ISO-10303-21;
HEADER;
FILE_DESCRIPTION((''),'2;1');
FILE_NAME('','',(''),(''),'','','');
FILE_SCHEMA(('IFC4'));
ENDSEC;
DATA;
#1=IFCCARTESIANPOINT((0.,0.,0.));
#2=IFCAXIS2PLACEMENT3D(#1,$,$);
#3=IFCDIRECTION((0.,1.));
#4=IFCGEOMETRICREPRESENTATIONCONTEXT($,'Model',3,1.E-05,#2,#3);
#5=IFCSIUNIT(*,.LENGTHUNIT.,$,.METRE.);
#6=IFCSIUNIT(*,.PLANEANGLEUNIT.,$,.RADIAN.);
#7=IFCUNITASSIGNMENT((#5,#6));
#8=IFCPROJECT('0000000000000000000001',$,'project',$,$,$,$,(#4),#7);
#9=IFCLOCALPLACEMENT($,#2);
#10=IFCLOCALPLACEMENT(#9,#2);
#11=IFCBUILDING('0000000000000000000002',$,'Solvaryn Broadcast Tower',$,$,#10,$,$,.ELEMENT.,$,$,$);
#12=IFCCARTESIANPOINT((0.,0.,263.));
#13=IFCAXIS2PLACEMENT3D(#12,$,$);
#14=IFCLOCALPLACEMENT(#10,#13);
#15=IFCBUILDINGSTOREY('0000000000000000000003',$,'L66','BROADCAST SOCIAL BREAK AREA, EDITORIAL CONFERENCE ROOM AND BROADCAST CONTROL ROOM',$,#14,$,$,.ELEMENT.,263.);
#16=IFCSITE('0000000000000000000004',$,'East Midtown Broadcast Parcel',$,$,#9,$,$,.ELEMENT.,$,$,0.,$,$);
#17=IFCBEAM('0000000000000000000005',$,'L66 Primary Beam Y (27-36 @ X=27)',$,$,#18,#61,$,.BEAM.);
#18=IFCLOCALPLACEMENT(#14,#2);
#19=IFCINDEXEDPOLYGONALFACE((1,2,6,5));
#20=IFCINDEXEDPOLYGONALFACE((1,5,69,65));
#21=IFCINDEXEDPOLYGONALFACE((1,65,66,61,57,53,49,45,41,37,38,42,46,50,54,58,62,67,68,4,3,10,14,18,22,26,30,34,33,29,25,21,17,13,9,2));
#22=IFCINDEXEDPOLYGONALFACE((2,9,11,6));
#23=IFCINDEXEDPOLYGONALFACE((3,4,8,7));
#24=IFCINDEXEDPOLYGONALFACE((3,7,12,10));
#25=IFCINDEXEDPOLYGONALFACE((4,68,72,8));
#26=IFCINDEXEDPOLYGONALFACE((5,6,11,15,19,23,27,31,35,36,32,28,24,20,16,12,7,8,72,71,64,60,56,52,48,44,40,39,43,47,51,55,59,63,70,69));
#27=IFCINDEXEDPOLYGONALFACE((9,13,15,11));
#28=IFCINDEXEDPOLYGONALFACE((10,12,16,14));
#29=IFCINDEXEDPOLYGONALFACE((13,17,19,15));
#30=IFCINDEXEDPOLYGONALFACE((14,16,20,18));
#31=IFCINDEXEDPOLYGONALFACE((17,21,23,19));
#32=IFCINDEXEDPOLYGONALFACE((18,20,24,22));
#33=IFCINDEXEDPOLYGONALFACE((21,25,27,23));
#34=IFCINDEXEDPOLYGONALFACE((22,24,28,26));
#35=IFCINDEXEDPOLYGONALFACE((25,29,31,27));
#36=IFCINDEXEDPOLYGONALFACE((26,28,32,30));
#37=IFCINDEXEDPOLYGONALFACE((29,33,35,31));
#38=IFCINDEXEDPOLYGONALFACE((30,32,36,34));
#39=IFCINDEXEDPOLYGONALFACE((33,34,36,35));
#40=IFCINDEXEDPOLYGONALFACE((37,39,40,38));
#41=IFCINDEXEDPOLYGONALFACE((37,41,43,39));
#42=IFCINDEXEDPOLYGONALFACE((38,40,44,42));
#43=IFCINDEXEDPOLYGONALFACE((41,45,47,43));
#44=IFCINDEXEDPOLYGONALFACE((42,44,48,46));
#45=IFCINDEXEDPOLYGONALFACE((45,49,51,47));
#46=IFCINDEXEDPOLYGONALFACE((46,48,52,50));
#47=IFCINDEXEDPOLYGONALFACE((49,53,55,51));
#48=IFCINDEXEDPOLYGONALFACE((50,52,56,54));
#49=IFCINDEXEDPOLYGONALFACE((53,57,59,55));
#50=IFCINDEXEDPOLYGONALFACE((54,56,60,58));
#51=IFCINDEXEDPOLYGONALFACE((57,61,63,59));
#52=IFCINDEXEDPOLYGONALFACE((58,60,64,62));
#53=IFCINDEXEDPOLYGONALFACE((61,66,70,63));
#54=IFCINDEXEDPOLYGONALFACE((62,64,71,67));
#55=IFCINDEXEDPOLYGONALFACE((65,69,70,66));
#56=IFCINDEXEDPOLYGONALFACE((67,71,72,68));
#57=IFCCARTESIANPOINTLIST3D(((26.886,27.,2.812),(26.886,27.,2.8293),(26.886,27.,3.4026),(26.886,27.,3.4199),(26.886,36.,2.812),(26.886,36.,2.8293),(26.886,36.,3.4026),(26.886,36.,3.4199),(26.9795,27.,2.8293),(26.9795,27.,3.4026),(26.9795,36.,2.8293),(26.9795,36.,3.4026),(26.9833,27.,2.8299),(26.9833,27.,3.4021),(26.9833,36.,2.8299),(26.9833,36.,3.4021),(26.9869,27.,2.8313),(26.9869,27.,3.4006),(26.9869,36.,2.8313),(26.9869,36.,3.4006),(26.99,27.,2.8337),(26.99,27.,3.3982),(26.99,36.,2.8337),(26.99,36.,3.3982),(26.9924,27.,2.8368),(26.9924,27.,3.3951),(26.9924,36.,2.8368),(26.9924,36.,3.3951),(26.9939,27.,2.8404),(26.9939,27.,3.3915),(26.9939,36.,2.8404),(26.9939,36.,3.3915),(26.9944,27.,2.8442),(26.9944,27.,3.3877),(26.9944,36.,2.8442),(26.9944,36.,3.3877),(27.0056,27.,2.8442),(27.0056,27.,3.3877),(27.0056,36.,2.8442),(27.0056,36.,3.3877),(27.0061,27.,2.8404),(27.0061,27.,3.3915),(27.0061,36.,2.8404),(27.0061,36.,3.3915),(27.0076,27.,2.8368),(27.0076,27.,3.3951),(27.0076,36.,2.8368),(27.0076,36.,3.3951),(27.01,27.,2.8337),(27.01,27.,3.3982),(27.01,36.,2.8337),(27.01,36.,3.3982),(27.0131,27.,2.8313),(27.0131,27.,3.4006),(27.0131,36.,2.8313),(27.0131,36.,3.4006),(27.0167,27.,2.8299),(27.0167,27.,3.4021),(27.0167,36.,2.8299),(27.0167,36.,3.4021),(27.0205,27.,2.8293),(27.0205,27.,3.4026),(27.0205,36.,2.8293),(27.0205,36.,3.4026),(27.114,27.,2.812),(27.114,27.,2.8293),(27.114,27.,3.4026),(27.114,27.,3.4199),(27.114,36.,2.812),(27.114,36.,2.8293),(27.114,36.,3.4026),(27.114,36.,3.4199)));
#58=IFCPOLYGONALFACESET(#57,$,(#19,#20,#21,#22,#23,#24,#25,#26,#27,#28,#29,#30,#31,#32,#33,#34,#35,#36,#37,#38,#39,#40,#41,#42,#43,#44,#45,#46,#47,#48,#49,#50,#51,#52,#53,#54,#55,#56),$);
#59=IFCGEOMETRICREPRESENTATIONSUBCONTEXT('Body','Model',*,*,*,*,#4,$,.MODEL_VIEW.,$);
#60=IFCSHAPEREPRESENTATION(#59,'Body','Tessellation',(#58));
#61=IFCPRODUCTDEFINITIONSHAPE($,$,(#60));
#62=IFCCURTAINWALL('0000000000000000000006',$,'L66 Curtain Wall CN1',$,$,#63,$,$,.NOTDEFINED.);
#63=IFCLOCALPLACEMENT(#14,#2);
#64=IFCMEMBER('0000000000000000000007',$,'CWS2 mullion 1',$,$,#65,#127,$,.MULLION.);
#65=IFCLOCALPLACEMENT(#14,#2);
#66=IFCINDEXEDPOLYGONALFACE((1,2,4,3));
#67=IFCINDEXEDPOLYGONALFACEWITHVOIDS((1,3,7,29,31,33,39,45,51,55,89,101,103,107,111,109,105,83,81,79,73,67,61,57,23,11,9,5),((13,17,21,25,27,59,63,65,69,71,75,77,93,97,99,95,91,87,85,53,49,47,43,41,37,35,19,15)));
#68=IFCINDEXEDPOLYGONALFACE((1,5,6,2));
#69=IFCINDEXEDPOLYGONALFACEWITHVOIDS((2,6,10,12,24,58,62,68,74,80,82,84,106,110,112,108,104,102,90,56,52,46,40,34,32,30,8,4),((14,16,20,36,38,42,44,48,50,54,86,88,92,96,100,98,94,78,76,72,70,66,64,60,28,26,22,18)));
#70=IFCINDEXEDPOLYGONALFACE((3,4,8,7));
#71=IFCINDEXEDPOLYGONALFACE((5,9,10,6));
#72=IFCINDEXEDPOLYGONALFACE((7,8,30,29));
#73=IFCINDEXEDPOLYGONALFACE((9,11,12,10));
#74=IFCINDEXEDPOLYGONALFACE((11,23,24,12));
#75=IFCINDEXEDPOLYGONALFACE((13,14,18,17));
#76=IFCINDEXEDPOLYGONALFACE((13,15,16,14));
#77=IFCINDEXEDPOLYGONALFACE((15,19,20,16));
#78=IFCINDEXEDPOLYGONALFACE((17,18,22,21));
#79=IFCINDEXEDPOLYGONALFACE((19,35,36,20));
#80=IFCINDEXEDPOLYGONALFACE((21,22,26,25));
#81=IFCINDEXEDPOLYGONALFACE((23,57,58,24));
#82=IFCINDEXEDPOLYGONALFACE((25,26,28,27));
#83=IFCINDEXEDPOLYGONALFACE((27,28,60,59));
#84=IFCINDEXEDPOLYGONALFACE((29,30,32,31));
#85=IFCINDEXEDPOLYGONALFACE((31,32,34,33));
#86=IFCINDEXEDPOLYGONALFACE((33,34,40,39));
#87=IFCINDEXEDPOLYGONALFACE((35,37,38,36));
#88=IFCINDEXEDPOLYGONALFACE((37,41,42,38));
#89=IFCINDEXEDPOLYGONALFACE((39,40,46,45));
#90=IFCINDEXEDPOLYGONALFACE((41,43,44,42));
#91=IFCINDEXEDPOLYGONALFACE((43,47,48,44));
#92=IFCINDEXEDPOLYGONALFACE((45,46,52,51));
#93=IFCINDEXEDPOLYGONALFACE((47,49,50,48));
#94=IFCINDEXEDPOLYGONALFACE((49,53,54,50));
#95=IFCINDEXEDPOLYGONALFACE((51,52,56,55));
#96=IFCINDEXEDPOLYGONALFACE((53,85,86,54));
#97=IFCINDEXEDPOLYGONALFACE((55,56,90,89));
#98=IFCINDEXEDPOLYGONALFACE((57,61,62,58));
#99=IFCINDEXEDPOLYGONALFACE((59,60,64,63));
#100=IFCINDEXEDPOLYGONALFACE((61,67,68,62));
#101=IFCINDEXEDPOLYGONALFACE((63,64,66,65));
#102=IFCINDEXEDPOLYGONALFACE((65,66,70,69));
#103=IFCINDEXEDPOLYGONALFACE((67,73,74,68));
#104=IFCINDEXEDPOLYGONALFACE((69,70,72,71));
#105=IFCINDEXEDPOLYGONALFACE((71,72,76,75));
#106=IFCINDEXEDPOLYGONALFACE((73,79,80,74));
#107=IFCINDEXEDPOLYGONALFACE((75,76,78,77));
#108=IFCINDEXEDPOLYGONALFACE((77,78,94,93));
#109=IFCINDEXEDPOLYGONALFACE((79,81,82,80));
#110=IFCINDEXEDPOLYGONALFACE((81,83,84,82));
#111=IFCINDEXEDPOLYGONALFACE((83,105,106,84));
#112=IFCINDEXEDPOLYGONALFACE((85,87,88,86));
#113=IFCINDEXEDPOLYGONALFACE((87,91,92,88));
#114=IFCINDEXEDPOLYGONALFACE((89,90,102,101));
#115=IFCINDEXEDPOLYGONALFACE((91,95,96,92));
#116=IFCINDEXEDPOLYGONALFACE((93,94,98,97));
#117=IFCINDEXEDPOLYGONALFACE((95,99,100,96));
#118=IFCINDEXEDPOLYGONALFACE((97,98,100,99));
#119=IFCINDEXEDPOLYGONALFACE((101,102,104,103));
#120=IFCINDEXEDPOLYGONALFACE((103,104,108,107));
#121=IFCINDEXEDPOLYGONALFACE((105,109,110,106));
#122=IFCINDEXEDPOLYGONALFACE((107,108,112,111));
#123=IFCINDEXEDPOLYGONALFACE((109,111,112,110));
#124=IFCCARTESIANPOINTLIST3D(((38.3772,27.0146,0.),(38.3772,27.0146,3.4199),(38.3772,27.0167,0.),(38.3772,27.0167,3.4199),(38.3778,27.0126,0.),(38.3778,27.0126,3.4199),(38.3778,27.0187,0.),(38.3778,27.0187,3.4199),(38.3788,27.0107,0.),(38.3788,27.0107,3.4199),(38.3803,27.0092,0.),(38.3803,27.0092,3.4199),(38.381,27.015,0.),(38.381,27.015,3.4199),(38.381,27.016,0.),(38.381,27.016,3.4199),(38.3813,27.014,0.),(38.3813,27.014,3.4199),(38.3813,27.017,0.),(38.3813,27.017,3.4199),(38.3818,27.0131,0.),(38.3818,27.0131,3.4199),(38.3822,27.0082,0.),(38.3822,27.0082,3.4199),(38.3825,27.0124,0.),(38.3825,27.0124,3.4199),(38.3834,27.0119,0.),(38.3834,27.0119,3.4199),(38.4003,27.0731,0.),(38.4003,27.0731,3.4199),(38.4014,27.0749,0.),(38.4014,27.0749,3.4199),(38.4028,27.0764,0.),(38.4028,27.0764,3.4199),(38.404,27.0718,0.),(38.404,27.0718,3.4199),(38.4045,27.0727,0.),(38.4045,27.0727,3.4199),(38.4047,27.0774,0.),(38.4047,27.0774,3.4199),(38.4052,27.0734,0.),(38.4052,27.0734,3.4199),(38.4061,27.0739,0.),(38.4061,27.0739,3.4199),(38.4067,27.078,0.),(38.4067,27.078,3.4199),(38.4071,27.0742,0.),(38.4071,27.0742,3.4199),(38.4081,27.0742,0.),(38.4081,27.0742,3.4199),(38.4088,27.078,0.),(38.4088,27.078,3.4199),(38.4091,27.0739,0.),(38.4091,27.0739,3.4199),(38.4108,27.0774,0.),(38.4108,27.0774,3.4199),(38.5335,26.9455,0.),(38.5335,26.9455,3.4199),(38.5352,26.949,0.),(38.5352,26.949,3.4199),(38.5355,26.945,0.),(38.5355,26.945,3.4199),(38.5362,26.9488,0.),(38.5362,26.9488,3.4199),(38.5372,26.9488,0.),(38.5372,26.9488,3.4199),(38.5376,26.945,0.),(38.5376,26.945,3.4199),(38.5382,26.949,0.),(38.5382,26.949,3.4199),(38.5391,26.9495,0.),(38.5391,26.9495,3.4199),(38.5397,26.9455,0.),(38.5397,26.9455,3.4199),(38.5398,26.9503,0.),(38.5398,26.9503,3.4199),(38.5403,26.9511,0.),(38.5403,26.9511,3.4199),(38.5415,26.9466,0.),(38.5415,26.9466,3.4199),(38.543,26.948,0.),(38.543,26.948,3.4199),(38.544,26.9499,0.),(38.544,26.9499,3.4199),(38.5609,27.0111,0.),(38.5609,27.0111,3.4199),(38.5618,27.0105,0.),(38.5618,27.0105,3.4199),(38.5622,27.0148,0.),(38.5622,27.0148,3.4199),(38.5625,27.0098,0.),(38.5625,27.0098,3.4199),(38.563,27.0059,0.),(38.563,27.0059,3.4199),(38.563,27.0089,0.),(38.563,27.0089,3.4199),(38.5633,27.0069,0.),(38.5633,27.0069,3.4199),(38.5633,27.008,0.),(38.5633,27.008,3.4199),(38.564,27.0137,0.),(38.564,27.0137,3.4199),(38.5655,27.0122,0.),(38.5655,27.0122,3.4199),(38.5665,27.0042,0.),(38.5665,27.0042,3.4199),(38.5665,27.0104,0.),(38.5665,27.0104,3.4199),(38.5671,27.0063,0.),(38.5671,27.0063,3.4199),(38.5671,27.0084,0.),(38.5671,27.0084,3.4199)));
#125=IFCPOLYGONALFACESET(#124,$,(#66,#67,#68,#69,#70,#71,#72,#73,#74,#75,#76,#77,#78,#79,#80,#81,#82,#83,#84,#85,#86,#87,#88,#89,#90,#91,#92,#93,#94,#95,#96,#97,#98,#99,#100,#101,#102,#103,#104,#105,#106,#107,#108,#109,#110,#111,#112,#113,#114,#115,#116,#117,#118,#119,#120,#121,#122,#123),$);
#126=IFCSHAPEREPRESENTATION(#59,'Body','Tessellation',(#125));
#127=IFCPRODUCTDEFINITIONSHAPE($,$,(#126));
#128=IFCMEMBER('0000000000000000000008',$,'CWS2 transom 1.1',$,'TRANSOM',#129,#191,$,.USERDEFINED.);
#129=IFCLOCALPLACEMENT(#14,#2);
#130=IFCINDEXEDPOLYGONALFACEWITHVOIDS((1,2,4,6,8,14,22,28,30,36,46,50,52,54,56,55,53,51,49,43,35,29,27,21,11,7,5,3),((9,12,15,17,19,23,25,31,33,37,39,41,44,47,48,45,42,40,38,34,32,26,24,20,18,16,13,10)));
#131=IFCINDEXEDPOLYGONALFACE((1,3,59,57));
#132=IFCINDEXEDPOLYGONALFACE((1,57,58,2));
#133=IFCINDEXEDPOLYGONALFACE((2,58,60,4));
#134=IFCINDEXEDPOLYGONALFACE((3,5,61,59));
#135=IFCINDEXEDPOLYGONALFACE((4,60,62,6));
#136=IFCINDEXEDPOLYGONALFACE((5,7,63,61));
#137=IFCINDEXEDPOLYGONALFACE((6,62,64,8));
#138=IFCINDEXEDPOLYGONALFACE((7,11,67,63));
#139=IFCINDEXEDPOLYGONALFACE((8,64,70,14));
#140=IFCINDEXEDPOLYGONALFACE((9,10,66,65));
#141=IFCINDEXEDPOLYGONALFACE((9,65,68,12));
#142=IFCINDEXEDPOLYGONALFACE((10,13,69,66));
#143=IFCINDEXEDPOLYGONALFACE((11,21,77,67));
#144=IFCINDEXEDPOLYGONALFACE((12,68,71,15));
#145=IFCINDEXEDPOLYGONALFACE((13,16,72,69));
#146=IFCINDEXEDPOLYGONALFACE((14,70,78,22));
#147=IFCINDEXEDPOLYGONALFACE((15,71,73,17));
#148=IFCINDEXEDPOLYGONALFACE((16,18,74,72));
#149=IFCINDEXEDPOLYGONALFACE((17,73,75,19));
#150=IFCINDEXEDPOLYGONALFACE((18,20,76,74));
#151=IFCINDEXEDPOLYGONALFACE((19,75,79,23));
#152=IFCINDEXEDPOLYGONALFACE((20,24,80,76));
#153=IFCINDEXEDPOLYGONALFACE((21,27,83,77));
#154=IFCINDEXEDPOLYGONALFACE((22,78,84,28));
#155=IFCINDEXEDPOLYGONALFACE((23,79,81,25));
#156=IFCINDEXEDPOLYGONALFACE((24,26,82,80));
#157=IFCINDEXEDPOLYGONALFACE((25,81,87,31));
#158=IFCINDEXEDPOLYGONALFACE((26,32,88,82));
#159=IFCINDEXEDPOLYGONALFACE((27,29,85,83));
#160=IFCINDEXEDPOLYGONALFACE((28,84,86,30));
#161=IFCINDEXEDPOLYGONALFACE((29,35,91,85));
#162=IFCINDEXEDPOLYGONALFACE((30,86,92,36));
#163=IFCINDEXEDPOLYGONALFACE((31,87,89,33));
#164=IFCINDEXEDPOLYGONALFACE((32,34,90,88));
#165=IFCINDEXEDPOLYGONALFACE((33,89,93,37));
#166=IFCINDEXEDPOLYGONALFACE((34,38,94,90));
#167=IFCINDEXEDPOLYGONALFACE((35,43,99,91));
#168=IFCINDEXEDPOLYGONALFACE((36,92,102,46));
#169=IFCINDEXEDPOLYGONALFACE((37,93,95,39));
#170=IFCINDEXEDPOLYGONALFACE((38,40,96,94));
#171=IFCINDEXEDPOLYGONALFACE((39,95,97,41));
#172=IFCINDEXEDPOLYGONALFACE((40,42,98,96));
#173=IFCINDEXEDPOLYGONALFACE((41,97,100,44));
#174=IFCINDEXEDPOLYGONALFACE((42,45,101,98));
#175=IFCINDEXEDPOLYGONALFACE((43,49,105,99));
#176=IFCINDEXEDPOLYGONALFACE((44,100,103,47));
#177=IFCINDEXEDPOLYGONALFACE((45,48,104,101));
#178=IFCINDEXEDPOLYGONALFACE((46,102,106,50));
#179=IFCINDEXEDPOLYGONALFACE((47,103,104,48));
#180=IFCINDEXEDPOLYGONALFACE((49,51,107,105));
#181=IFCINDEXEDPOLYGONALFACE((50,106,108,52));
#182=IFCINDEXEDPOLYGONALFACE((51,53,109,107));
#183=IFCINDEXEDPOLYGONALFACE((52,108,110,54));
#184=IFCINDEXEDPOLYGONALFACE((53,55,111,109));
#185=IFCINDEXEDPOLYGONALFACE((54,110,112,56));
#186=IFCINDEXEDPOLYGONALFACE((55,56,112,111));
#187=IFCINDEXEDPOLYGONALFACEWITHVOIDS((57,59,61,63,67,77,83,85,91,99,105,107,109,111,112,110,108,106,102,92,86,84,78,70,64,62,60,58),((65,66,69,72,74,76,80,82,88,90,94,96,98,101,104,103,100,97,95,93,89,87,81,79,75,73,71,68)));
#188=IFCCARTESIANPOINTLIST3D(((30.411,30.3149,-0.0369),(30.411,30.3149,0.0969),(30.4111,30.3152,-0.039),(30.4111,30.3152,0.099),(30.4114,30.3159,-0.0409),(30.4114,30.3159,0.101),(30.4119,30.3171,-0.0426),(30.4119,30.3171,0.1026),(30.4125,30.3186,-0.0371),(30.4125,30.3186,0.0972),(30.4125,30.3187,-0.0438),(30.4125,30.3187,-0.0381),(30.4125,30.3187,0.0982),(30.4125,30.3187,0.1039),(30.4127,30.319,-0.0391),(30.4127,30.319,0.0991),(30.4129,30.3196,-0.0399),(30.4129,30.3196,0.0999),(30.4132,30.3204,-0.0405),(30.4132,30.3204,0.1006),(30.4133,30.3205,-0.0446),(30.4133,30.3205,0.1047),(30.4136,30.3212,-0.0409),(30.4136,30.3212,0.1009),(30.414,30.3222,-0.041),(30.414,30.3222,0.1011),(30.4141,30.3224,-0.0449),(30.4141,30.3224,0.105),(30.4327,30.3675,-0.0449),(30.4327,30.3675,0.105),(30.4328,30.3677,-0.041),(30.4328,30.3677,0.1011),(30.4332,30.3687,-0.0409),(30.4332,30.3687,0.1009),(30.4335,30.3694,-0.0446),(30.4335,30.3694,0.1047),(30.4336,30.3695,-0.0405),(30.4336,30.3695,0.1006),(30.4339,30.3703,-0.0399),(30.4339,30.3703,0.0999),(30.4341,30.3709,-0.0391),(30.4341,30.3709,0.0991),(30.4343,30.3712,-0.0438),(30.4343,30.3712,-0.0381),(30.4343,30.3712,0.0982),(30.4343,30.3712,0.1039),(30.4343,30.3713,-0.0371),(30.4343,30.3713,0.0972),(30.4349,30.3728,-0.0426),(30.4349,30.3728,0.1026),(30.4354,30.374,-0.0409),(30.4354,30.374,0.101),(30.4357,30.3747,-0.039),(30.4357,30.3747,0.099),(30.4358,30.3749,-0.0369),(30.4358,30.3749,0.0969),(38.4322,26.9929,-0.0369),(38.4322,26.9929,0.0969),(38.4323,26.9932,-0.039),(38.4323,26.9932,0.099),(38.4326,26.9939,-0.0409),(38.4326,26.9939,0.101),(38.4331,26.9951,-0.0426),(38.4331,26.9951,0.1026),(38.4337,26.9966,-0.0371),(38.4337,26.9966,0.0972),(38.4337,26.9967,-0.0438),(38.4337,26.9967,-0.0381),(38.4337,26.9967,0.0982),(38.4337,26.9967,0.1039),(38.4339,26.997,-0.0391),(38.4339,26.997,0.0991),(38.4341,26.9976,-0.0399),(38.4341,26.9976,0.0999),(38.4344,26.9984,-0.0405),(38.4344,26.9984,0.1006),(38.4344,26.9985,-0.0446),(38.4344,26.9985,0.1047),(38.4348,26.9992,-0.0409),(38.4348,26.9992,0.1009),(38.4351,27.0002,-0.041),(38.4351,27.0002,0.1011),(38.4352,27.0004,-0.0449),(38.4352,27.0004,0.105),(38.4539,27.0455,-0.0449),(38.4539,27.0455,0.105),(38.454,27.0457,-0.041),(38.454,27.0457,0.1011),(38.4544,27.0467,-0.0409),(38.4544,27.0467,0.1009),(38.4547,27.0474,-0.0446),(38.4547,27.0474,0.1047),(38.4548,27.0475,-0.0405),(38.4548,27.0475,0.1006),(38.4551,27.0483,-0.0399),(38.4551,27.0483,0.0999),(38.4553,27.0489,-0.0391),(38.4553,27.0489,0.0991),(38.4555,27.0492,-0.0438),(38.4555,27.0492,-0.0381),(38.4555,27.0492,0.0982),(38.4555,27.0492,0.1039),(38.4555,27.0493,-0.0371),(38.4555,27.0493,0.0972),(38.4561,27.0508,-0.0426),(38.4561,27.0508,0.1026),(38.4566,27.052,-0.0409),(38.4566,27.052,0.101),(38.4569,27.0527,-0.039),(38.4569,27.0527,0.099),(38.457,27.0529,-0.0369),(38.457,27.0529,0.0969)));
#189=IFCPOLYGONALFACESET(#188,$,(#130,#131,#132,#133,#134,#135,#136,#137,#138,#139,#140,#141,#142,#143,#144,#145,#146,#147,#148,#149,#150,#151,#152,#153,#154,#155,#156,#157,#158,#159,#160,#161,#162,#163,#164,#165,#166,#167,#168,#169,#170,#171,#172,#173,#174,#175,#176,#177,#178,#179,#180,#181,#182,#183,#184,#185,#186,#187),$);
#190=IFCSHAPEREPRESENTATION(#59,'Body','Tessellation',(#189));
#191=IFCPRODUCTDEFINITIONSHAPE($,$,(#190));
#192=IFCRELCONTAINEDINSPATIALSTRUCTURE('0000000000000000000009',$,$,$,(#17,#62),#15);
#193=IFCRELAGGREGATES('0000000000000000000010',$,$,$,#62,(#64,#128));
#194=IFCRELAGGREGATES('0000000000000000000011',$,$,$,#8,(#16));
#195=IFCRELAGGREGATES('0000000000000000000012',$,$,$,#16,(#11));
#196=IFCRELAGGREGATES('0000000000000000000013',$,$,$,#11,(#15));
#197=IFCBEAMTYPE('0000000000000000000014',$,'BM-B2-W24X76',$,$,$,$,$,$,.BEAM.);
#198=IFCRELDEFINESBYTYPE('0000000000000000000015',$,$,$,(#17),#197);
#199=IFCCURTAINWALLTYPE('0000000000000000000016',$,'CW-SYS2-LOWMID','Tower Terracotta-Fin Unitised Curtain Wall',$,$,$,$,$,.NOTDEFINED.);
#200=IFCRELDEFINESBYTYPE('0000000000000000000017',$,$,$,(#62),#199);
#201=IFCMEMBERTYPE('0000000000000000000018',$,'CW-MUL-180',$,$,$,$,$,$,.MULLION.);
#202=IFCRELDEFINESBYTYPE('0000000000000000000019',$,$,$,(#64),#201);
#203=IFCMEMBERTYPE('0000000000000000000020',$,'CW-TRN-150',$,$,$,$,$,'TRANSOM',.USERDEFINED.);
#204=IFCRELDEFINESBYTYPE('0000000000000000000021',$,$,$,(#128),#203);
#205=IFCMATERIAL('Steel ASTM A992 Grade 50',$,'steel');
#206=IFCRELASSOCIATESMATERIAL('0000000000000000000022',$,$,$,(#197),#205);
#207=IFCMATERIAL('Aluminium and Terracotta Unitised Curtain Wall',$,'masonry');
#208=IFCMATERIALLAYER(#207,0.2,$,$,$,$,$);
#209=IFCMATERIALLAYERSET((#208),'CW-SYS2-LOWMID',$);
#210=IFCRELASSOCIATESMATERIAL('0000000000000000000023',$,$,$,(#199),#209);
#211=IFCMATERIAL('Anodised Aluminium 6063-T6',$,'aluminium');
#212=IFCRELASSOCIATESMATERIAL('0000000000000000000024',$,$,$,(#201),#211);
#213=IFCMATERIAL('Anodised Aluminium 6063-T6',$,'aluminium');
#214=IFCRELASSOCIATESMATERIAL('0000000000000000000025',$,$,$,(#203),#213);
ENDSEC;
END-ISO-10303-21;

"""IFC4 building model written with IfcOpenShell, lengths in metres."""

from ifc_helpers import new_model, si_unit, direction, frame, origin, origin_2d, place, context, subcontext, project, spatial, hollow_rectangle, i_section, extrude, material, layer, layer_set, material_profile, profile_set, type_object, element, aggregate, save


model = new_model("IFC4")

# Units and contexts
model_context = context("Model", 3, precision=1e-05, world=origin(), true_north=direction((0.0, 1.0)))
body_context = subcontext(model_context, "Body", "Model", "MODEL_VIEW")
ifc_project = project(units=[si_unit("LENGTHUNIT", "METRE"), si_unit("PLANEANGLEUNIT", "RADIAN")], contexts=[model_context])

# Site, building, storey
site_placement = place(None, origin())
site = spatial("IfcSite", under=ifc_project, at=site_placement, Name="East Midtown Broadcast Parcel", CompositionType="ELEMENT", RefElevation=0.0)
building_placement = place(site_placement, origin())
building = spatial("IfcBuilding", under=site, at=building_placement, Name="Solvaryn Broadcast Tower", CompositionType="ELEMENT")
storey_placement = place(building_placement, frame((0.0, 0.0, 263.0)))
storey = spatial("IfcBuildingStorey", under=building, at=storey_placement, Name="L66", Description="BROADCAST SOCIAL BREAK AREA, EDITORIAL CONFERENCE ROOM AND BROADCAST CONTROL ROOM", CompositionType="ELEMENT", Elevation=263.0)

# Beam
ifc_material_1 = material(Name="Steel ASTM A992 Grade 50", Category="steel")
ifc_material_profile_1 = material_profile(ifc_material_1, i_section(OverallWidth=0.228, OverallDepth=0.6079, WebThickness=0.0112, FlangeThickness=0.0173, FilletRadius=0.0149, at=origin_2d()))
ifc_profile_set_1 = profile_set([ifc_material_profile_1], Name="Steel ASTM A992 Grade 50")
beam_type_1 = type_object("IfcBeamType", Name="BM-B2-W24X76", PredefinedType="BEAM", material=ifc_profile_set_1)
beam_1_placement = place(storey_placement, frame((27.0, 27.0, 3.116), z_axis=(0.0, 1.0, 0.0), x_axis=(-1.0, 0.0, 0.0)))
element("IfcBeam", 1, at=beam_1_placement, inside=storey, type_object=beam_type_1, Name="L66 Primary Beam Y (27-36 @ X=27)", PredefinedType="BEAM", context=body_context, shape_type="SweptSolid", body=[
    extrude(i_section(OverallWidth=0.228, OverallDepth=0.6079, WebThickness=0.0112, FlangeThickness=0.0173, FilletRadius=0.0149, at=origin_2d()), origin(), (0.0, 0.0, 1.0), 9.0),
])

# Curtain wall, members
ifc_material_2 = material(Name="Aluminium and Terracotta Unitised Curtain Wall", Category="masonry")
ifc_layer_1 = layer(ifc_material_2, 0.2)
ifc_layer_set_1 = layer_set([ifc_layer_1], Name="CW-SYS2-LOWMID")
curtain_wall_type = type_object("IfcCurtainWallType", Name="CW-SYS2-LOWMID", Description="Tower Terracotta-Fin Unitised Curtain Wall", PredefinedType="NOTDEFINED", material=ifc_layer_set_1)
curtain_wall_placement = place(storey_placement, origin())
curtain_wall = element("IfcCurtainWall", 2, at=curtain_wall_placement, inside=storey, type_object=curtain_wall_type, Name="L66 Curtain Wall CN1", PredefinedType="NOTDEFINED")
ifc_material_3 = material(Name="Anodised Aluminium 6063-T6", Category="aluminium")
ifc_material_profile_2 = material_profile(ifc_material_3, hollow_rectangle(XDim=0.075, YDim=0.1799, WallThickness=0.0039, InnerFilletRadius=0.0039, OuterFilletRadius=0.0081, at=origin_2d()))
ifc_profile_set_2 = profile_set([ifc_material_profile_2], Name="Anodised Aluminium 6063-T6")
member_type_1 = type_object("IfcMemberType", Name="CW-MUL-180", PredefinedType="MULLION", material=ifc_profile_set_2)
member_1_placement = place(storey_placement, frame((38.4722, 27.0115, 0.0), z_axis=(0.0, 0.0, 1.0), x_axis=(-0.382646, -0.923895, 0.0)))
member_1 = element("IfcMember", 3, at=member_1_placement, type_object=member_type_1, Name="CWS2 mullion 1", PredefinedType="MULLION", context=body_context, shape_type="SweptSolid", body=[
    extrude(hollow_rectangle(XDim=0.075, YDim=0.1799, WallThickness=0.0039, InnerFilletRadius=0.0039, OuterFilletRadius=0.0081, at=origin_2d()), origin(), (0.0, 0.0, 1.0), 3.4199),
])
ifc_material_4 = material(Name="Anodised Aluminium 6063-T6", Category="aluminium")
ifc_material_profile_3 = material_profile(ifc_material_4, hollow_rectangle(XDim=0.0649, YDim=0.1499, WallThickness=0.0039, InnerFilletRadius=0.0039, OuterFilletRadius=0.0081, at=origin_2d()))
ifc_profile_set_3 = profile_set([ifc_material_profile_3], Name="Anodised Aluminium 6063-T6")
member_type_2 = type_object("IfcMemberType", Name="CW-TRN-150", ElementType="TRANSOM", PredefinedType="USERDEFINED", material=ifc_profile_set_3)
member_2_placement = place(storey_placement, frame((38.4446, 27.0229, 0.03), z_axis=(-0.923899, 0.382636, 0.0), x_axis=(-0.382636, -0.923899, 0.0)))
member_2 = element("IfcMember", 4, at=member_2_placement, type_object=member_type_2, Name="CWS2 transom 1.1", ObjectType="TRANSOM", PredefinedType="USERDEFINED", context=body_context, shape_type="SweptSolid", body=[
    extrude(hollow_rectangle(XDim=0.0649, YDim=0.1499, WallThickness=0.0039, InnerFilletRadius=0.0039, OuterFilletRadius=0.0081, at=origin_2d()), origin(), (0.0, 0.0, 1.0), 8.6819),
])
aggregate(curtain_wall, [member_1, member_2])

save(model, "model.ifc")
